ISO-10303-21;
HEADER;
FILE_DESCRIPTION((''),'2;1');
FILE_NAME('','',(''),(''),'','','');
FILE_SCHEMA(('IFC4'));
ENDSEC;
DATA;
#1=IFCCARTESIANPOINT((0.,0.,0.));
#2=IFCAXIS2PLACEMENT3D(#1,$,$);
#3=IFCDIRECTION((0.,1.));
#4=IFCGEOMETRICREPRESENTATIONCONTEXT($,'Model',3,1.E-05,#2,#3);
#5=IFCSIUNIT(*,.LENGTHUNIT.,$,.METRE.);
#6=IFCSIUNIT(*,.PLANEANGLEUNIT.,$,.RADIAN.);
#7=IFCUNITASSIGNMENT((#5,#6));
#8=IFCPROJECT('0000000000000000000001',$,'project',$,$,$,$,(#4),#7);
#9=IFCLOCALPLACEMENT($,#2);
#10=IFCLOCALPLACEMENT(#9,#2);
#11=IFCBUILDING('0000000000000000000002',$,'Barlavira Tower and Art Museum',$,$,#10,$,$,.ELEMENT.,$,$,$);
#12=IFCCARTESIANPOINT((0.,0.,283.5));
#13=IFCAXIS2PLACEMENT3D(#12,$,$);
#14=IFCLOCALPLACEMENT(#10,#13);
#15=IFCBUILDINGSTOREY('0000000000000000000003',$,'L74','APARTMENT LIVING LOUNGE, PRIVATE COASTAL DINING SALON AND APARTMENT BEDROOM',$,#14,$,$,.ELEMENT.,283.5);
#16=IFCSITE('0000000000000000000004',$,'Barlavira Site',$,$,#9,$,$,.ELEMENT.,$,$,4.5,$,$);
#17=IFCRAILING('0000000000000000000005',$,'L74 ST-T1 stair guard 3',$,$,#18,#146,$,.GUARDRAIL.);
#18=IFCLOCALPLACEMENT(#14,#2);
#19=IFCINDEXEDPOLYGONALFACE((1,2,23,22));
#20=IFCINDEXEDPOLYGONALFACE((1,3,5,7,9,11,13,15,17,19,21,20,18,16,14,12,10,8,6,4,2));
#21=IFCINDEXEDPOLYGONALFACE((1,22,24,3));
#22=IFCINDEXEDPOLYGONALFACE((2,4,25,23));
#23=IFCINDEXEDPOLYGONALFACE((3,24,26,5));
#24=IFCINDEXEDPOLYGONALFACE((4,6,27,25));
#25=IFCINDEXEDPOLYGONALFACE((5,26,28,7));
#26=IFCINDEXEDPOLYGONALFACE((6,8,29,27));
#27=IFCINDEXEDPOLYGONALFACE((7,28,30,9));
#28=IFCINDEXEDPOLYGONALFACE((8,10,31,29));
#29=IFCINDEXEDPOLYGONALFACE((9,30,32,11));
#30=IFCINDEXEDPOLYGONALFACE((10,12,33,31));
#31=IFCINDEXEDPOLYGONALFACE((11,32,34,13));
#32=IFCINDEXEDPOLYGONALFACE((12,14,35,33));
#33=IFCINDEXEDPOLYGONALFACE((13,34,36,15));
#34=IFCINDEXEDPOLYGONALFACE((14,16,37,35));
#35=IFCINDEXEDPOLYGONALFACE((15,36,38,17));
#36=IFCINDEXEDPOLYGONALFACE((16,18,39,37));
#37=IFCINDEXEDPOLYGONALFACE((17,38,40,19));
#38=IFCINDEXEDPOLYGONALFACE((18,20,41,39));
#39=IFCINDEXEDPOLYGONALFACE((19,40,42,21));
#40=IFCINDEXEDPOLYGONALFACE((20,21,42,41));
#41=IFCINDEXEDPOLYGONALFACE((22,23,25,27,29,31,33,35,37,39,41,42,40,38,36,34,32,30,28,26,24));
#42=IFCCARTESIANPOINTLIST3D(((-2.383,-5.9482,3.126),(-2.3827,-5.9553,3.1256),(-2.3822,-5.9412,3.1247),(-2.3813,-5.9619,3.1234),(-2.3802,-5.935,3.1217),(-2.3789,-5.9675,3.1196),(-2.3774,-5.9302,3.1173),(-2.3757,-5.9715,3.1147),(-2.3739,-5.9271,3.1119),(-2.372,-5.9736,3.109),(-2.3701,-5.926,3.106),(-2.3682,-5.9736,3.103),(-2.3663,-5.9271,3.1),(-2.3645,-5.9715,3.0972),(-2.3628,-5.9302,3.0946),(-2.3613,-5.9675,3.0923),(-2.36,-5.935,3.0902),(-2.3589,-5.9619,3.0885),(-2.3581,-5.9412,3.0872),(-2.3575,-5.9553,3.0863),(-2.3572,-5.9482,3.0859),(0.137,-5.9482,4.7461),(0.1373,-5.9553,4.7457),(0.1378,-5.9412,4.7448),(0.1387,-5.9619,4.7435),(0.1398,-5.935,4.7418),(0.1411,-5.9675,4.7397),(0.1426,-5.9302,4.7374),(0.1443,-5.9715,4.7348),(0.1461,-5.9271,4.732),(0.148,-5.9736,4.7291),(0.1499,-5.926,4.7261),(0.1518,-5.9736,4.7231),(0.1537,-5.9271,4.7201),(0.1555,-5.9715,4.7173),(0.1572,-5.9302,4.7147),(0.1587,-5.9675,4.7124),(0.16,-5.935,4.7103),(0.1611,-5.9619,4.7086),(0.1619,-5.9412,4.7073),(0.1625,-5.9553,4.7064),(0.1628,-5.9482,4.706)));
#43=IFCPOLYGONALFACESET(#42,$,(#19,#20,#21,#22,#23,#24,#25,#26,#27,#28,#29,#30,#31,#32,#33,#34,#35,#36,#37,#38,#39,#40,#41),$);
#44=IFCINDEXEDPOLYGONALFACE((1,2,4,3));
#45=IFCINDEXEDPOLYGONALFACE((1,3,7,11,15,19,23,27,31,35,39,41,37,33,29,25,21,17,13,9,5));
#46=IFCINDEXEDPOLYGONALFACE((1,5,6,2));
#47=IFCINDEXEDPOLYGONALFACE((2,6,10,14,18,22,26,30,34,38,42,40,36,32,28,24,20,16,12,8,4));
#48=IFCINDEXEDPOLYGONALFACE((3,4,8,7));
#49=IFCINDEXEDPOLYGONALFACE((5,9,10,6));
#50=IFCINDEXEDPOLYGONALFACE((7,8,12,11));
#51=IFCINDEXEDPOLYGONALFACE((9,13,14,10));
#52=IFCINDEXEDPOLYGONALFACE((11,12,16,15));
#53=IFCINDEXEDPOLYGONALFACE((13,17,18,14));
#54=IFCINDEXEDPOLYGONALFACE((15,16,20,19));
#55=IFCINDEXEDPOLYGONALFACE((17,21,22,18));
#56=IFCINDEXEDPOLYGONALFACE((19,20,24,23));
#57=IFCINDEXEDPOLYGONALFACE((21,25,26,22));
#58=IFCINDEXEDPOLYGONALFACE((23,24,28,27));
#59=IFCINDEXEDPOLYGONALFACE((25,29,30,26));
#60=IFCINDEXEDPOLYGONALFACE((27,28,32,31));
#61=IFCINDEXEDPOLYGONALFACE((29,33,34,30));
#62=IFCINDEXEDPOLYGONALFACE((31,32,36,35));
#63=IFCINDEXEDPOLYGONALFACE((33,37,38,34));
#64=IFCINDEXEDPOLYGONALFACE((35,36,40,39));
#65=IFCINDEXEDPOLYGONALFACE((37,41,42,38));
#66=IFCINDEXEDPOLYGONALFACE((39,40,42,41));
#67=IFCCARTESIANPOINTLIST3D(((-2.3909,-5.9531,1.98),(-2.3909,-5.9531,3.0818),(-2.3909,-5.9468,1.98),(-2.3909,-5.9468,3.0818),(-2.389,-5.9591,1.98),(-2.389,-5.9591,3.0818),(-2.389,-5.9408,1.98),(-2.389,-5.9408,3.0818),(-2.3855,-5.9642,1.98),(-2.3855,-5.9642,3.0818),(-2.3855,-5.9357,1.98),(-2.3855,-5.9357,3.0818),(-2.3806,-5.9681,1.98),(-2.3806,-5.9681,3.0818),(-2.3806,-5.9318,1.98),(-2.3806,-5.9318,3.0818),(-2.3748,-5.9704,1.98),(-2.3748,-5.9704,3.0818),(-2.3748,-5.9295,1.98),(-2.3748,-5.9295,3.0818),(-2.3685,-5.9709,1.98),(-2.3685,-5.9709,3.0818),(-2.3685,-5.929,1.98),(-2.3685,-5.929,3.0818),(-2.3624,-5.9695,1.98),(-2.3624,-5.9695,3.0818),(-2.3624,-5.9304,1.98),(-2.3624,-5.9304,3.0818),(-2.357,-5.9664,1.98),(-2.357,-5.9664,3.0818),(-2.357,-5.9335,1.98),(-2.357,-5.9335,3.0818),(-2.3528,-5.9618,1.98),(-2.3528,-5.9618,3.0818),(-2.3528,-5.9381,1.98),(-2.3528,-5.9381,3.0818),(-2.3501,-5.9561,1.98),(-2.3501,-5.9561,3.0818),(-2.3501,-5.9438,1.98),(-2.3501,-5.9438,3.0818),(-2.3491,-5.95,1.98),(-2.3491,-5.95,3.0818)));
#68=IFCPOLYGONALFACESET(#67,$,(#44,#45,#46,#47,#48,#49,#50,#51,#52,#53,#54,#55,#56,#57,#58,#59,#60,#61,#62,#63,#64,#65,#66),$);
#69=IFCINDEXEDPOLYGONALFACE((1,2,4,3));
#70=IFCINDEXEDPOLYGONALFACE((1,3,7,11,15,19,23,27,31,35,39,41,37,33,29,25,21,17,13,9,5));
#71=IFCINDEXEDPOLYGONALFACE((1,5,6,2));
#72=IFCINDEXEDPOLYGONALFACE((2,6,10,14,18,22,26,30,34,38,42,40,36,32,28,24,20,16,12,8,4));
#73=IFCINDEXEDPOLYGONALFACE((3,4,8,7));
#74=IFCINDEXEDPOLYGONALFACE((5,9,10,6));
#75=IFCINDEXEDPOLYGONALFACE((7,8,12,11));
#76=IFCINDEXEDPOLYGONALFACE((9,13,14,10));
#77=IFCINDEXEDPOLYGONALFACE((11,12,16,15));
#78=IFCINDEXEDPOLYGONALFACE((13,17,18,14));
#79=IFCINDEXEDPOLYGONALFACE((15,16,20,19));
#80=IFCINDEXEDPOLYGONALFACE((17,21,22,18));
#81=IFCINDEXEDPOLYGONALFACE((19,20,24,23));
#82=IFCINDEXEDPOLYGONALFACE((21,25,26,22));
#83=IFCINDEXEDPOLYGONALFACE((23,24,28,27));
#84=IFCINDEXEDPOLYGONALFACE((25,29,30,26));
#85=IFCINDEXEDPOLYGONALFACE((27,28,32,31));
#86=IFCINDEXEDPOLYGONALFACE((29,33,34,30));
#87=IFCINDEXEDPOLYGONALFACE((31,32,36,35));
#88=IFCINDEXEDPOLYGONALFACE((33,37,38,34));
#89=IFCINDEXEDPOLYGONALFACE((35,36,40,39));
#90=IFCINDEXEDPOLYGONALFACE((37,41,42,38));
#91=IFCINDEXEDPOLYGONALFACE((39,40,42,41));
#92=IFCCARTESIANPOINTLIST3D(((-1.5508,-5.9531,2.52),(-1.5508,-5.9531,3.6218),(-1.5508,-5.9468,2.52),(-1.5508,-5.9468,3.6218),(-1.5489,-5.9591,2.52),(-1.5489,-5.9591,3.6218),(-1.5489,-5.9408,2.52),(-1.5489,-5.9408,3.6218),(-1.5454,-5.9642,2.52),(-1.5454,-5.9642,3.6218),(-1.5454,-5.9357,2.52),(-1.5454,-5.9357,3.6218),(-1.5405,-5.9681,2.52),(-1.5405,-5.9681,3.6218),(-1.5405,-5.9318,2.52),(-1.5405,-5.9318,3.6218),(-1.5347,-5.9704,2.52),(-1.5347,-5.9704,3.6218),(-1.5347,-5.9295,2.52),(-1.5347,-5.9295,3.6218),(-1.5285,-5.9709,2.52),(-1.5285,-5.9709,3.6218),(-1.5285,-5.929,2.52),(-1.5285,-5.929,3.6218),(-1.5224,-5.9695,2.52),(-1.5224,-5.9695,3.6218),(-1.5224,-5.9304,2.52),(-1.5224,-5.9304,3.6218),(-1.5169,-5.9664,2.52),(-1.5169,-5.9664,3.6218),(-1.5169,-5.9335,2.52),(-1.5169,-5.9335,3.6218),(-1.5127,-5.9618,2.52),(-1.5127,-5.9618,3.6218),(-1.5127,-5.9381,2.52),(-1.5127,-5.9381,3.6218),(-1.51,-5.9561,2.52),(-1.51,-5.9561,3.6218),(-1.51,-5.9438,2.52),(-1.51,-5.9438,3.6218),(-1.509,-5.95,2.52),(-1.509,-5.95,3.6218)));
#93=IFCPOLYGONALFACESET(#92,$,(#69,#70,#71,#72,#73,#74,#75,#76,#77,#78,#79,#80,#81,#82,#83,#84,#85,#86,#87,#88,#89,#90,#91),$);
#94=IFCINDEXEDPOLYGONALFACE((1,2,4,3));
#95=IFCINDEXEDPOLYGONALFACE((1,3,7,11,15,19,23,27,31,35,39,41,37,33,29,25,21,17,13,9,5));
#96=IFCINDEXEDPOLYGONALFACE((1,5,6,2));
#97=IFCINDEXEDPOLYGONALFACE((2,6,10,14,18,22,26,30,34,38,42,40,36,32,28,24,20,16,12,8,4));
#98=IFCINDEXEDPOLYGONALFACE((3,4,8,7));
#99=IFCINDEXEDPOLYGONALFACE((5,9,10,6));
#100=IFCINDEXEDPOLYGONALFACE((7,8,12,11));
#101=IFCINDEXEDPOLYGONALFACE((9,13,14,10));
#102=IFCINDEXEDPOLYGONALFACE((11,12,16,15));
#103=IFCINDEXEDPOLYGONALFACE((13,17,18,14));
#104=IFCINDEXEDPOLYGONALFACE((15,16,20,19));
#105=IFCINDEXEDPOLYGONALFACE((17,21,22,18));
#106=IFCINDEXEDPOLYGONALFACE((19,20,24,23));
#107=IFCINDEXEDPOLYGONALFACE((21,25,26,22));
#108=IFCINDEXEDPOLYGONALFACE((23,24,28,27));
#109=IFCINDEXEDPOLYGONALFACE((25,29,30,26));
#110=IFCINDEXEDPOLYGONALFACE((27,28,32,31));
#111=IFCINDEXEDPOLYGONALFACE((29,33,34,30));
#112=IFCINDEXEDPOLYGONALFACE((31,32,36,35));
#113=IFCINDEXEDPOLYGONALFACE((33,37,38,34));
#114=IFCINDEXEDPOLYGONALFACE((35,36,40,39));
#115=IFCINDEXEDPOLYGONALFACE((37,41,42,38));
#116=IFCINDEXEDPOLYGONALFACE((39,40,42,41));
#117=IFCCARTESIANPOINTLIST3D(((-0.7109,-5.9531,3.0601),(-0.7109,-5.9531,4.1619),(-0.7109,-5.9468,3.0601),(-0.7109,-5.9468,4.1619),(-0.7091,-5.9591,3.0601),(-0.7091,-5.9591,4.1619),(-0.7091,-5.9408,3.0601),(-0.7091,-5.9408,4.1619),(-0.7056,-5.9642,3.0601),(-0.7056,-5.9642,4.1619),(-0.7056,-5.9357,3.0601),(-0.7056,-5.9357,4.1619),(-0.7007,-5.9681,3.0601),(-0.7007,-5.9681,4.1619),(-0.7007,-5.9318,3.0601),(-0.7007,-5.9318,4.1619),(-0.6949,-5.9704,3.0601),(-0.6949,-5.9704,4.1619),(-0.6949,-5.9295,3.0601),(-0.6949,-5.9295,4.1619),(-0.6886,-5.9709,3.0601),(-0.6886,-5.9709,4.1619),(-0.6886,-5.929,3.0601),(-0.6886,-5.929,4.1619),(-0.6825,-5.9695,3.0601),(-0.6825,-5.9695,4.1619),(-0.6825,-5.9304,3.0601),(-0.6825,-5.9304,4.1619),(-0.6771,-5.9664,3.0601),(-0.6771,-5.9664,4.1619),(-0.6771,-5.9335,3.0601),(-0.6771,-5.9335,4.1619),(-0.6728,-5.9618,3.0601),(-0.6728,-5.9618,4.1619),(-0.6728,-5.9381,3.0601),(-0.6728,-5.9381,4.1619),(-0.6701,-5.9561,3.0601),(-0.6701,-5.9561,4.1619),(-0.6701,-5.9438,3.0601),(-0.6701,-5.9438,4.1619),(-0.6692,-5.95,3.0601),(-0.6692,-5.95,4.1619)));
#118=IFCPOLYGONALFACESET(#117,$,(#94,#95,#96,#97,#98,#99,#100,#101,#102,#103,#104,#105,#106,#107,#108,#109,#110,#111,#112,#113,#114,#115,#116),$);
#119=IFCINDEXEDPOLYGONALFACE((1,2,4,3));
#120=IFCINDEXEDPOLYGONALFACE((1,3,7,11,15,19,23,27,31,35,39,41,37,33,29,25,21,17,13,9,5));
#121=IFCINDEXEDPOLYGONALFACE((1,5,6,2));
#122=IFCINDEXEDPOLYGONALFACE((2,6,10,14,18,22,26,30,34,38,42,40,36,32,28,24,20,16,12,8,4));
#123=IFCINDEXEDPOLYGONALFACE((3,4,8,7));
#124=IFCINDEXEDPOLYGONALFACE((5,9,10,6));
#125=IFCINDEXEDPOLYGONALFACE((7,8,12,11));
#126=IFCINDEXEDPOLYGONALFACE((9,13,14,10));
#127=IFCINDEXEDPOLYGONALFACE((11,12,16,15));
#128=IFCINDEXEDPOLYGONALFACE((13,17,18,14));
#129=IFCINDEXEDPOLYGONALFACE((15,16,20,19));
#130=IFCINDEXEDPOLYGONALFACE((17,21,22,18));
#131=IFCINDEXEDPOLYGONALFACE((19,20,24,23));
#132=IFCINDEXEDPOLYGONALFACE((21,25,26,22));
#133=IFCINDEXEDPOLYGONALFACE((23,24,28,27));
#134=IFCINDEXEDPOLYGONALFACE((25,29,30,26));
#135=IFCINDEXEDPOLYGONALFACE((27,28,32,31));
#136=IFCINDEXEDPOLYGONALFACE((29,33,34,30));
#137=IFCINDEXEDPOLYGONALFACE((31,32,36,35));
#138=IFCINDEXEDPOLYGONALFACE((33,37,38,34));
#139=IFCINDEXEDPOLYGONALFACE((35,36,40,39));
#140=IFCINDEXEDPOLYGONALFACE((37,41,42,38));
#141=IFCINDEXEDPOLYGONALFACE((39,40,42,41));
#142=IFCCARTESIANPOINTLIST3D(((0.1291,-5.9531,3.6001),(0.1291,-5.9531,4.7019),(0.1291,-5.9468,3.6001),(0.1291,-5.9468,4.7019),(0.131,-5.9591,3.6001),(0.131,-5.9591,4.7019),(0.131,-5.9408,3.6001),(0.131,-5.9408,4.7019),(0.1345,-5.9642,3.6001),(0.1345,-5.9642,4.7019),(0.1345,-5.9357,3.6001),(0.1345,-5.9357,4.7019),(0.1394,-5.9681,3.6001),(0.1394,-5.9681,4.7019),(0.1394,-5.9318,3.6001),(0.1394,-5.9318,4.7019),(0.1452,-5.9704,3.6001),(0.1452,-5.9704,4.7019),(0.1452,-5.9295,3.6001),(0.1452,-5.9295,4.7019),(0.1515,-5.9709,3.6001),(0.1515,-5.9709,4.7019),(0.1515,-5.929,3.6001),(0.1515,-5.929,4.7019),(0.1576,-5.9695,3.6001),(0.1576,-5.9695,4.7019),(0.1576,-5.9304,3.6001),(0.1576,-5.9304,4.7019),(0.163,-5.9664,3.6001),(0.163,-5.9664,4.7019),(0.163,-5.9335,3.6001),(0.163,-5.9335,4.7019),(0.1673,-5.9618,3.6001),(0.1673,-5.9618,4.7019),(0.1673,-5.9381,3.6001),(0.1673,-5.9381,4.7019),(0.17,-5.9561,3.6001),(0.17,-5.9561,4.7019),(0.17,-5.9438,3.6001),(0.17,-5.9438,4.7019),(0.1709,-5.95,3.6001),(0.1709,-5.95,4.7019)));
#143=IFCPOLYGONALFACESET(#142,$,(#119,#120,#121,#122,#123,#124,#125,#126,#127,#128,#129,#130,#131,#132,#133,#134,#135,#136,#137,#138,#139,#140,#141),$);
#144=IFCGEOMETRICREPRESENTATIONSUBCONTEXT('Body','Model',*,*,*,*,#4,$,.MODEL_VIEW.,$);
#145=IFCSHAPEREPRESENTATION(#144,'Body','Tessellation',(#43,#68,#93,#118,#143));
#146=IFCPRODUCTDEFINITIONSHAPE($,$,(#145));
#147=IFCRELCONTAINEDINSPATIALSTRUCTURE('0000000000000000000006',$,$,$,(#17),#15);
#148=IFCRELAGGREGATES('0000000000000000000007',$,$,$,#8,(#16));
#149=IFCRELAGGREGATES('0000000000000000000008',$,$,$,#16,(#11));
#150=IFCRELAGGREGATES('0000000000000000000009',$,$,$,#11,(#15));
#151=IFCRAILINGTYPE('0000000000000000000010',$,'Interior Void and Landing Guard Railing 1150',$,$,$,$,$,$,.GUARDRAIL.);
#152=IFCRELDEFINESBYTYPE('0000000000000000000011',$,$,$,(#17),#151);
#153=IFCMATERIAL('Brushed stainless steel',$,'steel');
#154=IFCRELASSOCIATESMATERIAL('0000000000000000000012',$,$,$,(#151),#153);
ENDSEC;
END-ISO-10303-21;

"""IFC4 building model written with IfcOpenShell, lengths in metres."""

from ifc_helpers import new_model, si_unit, direction, frame, origin, origin_2d, place, context, subcontext, project, spatial, circle, extrude, material, type_object, element, save


model = new_model("IFC4")

# Units and contexts
model_context = context("Model", 3, precision=1e-05, world=origin(), true_north=direction((0.0, 1.0)))
body_context = subcontext(model_context, "Body", "Model", "MODEL_VIEW")
ifc_project = project(units=[si_unit("LENGTHUNIT", "METRE"), si_unit("PLANEANGLEUNIT", "RADIAN")], contexts=[model_context])

# Site, building, storey
site_placement = place(None, origin())
site = spatial("IfcSite", under=ifc_project, at=site_placement, Name="Barlavira Site", CompositionType="ELEMENT", RefElevation=4.5)
building_placement = place(site_placement, origin())
building = spatial("IfcBuilding", under=site, at=building_placement, Name="Barlavira Tower and Art Museum", CompositionType="ELEMENT")
storey_placement = place(building_placement, frame((0.0, 0.0, 283.5)))
storey = spatial("IfcBuildingStorey", under=building, at=storey_placement, Name="L74", Description="APARTMENT LIVING LOUNGE, PRIVATE COASTAL DINING SALON AND APARTMENT BEDROOM", CompositionType="ELEMENT", Elevation=283.5)

# Shared definitions
ifc_material_1 = material(Name="Brushed stainless steel", Category="steel")

# Railing
railing_type_1 = type_object("IfcRailingType", Name="Interior Void and Landing Guard Railing 1150", PredefinedType="GUARDRAIL", material=ifc_material_1)
railing_1_placement = place(storey_placement, frame((-2.3701, -5.95, 1.98)))
element("IfcRailing", 1, at=railing_1_placement, inside=storey, type_object=railing_type_1, Name="L74 ST-T1 stair guard 3", PredefinedType="GUARDRAIL", context=body_context, shape_type="SweptSolid", body=[
    extrude(circle(Radius=0.0239, at=origin_2d()), frame((0.0, 0.0, 1.126), z_axis=(0.841163, 0.0, 0.540782), x_axis=(0.0, 1.0, 0.0)), (0.0, 0.0, 1.0), 2.9958),
    extrude(circle(Radius=0.021, at=origin_2d()), origin(), (0.0, 0.0, 1.0), 1.1018),
    extrude(circle(Radius=0.021, at=origin_2d()), frame((0.8401, 0.0, 0.54)), (0.0, 0.0, 1.0), 1.1018),
    extrude(circle(Radius=0.021, at=origin_2d()), frame((1.6799, 0.0, 1.0801)), (0.0, 0.0, 1.0), 1.1018),
    extrude(circle(Radius=0.021, at=origin_2d()), frame((2.52, 0.0, 1.6201)), (0.0, 0.0, 1.0), 1.1018),
])

save(model, "model.ifc")
